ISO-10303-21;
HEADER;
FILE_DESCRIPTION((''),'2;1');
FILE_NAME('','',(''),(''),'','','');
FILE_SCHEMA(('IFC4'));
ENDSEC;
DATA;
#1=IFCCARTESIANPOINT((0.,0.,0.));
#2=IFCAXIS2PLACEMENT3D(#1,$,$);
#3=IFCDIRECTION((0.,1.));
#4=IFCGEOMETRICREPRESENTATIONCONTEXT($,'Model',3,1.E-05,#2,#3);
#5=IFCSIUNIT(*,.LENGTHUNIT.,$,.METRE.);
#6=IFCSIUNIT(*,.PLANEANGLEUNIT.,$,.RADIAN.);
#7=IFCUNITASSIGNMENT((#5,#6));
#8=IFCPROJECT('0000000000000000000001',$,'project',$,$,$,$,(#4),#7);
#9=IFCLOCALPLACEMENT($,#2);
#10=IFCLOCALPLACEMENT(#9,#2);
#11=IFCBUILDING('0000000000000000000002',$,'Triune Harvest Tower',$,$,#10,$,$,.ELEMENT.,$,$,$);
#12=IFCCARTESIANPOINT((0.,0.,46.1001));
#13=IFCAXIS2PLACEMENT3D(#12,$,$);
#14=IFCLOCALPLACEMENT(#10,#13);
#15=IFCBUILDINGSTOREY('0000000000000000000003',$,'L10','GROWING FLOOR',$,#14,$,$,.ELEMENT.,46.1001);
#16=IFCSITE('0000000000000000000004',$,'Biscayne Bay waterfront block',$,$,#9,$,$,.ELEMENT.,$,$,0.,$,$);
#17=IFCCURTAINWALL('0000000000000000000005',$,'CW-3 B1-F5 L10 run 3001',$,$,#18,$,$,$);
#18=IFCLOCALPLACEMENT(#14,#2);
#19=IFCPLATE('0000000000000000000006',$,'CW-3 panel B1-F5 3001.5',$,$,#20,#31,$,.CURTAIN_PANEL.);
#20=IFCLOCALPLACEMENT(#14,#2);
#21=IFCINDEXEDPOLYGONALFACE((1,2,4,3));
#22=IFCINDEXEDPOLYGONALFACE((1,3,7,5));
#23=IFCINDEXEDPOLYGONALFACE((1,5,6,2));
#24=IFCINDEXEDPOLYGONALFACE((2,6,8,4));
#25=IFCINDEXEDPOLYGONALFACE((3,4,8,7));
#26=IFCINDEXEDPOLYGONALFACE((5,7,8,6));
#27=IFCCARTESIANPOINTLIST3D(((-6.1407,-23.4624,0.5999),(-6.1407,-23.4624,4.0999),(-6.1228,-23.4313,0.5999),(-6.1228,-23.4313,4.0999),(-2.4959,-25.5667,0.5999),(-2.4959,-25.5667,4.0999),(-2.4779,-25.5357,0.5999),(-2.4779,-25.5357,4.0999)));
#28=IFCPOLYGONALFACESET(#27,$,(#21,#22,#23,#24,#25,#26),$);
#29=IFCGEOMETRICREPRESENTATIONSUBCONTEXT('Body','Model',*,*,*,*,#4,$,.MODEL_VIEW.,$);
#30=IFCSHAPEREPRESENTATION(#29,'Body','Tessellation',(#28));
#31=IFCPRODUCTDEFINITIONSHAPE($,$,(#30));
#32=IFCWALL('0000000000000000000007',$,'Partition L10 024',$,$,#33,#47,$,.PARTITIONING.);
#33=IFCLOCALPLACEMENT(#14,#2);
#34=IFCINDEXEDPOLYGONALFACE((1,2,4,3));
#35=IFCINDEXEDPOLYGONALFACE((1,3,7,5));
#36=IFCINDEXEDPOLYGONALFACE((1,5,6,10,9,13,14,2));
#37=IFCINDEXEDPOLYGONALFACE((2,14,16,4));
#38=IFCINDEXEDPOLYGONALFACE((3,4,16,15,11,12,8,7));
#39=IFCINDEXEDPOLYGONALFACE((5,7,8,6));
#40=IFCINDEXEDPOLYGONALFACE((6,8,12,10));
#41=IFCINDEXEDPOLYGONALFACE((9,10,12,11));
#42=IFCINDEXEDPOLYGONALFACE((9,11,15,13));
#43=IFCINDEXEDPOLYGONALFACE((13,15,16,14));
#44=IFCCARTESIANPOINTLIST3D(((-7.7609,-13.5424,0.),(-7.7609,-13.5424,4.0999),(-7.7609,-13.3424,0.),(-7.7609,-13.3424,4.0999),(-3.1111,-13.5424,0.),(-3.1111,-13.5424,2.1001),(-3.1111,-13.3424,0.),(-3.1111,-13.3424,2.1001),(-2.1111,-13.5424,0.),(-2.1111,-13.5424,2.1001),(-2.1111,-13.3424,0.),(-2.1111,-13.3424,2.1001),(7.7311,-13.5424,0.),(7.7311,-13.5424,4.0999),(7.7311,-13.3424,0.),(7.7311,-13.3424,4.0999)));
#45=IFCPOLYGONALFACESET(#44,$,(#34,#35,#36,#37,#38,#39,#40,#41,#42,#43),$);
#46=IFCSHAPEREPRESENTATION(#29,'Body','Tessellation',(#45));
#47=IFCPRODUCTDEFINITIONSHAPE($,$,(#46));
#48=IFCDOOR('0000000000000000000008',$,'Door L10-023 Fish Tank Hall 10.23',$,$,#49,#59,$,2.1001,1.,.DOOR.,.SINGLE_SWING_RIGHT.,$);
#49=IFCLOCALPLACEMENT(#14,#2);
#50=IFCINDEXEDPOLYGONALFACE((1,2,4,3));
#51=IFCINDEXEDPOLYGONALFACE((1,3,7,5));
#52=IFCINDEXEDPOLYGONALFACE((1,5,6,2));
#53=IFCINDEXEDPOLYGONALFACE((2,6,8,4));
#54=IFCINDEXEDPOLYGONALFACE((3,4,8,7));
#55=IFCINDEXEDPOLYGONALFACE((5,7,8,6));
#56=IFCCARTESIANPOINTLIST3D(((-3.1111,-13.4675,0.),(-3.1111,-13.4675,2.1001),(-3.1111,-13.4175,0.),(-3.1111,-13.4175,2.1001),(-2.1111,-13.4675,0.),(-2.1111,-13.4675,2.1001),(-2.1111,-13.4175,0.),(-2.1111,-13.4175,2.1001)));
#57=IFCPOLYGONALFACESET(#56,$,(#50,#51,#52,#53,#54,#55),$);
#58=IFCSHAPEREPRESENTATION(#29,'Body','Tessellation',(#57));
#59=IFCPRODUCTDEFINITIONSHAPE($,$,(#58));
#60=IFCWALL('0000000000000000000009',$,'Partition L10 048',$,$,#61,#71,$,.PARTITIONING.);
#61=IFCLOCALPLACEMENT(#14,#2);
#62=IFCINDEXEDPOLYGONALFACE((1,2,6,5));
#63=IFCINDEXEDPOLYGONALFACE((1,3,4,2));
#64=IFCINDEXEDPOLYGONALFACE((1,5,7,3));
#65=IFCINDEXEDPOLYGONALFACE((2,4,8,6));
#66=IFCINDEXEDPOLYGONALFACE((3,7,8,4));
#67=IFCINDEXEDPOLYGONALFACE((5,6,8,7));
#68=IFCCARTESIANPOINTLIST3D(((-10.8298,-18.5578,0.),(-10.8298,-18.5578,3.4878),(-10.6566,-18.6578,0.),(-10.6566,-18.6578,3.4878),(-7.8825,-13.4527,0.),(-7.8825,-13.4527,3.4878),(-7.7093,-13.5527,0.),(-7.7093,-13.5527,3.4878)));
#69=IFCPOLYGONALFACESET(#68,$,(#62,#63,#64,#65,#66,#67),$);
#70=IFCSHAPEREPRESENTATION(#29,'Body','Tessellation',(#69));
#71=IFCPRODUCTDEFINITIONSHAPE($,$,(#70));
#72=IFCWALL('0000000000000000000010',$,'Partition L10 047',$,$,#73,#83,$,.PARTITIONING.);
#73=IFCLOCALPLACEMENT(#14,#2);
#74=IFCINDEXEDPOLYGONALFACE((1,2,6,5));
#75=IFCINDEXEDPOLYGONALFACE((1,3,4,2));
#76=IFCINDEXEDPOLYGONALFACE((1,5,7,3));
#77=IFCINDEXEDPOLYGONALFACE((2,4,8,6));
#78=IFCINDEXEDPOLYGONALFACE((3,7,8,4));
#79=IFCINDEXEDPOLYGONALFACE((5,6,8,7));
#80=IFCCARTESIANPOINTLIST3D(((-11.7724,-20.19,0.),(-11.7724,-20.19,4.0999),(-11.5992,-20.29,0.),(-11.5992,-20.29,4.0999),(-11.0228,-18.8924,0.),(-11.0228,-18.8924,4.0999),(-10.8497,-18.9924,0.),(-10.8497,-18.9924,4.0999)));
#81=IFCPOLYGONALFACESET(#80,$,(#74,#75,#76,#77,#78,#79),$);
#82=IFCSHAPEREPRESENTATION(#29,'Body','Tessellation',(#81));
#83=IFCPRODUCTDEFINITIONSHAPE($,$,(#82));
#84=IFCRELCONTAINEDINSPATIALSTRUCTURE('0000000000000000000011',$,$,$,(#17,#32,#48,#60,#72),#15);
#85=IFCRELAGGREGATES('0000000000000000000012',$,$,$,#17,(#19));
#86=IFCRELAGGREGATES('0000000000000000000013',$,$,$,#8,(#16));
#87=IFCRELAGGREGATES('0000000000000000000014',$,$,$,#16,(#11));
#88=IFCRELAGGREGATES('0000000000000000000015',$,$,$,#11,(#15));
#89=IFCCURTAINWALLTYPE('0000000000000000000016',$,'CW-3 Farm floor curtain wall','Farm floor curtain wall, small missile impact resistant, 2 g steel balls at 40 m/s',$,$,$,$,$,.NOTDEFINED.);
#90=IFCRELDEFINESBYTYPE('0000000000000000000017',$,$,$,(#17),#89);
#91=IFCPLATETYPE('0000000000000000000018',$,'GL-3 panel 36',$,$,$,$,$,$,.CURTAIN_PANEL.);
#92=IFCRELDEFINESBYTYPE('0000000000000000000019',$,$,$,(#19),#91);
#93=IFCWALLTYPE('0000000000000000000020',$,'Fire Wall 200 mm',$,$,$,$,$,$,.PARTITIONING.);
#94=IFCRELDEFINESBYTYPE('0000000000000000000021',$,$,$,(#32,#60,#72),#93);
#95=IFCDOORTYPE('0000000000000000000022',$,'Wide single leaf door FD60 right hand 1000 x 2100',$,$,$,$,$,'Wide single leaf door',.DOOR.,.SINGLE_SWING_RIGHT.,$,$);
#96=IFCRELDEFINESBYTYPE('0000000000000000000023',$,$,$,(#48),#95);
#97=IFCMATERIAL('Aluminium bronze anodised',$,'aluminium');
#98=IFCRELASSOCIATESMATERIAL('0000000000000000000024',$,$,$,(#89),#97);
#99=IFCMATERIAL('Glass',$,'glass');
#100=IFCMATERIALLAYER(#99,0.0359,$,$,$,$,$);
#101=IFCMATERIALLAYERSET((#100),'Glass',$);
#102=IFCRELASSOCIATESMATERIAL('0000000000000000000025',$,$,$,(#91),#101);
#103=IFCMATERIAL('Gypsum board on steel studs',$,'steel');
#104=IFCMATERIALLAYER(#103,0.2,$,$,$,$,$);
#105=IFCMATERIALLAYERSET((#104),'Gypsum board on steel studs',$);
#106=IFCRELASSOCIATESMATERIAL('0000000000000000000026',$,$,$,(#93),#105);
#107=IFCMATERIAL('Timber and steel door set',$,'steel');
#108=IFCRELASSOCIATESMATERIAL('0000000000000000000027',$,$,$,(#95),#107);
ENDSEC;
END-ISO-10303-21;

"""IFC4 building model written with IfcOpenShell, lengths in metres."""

from ifc_helpers import new_model, si_unit, direction, frame, frame_2d, origin, origin_2d, place, context, subcontext, project, spatial, rectangle, extrude, source, transform, mapped, material, layer, layer_set, type_object, element, fill, aggregate, save


model = new_model("IFC4")

# Units and contexts
model_context = context("Model", 3, precision=1e-05, world=origin(), true_north=direction((0.0, 1.0)))
body_context = subcontext(model_context, "Body", "Model", "MODEL_VIEW")
ifc_project = project(units=[si_unit("LENGTHUNIT", "METRE"), si_unit("PLANEANGLEUNIT", "RADIAN")], contexts=[model_context])

# Site, building, storey
site_placement = place(None, origin())
site = spatial("IfcSite", under=ifc_project, at=site_placement, Name="Biscayne Bay waterfront block", CompositionType="ELEMENT", RefElevation=0.0)
building_placement = place(site_placement, origin())
building = spatial("IfcBuilding", under=site, at=building_placement, Name="Triune Harvest Tower", CompositionType="ELEMENT")
storey_placement = place(building_placement, frame((0.0, 0.0, 46.1001)))
storey = spatial("IfcBuildingStorey", under=building, at=storey_placement, Name="L10", Description="GROWING FLOOR", CompositionType="ELEMENT", Elevation=46.1001)

# Curtain wall
ifc_material_1 = material(Name="Aluminium bronze anodised", Category="aluminium")
curtain_wall_type_1 = type_object("IfcCurtainWallType", Name="CW-3 Farm floor curtain wall", Description="Farm floor curtain wall, small missile impact resistant, 2 g steel balls at 40 m/s", PredefinedType="NOTDEFINED", material=ifc_material_1)
curtain_wall_1_placement = place(storey_placement, origin())
curtain_wall_1 = element("IfcCurtainWall", 1, at=curtain_wall_1_placement, inside=storey, type_object=curtain_wall_type_1, Name="CW-3 B1-F5 L10 run 3001")

# Plate
ifc_material_2 = material(Name="Glass", Category="glass")
ifc_layer_1 = layer(ifc_material_2, 0.0359)
ifc_layer_set_1 = layer_set([ifc_layer_1], Name="Glass")
plate_type = type_object("IfcPlateType", Name="GL-3 panel 36", PredefinedType="CURTAIN_PANEL", material=ifc_layer_set_1)
shared_shape_1 = source(origin(), body_context, "Body", "SweptSolid", [
    extrude(rectangle(XDim=4.2087, YDim=0.0359, at=origin_2d()), origin(), (0.0, 0.0, 1.0), 3.5),
])
plate_1_placement = place(storey_placement, frame((-4.3093, -24.499, 0.5999), z_axis=(0.0, 0.0, 1.0), x_axis=(0.866026, -0.499999, 0.0)))
plate_1 = element("IfcPlate", 2, at=plate_1_placement, type_object=plate_type, Name="CW-3 panel B1-F5 3001.5", PredefinedType="CURTAIN_PANEL", context=body_context, shape_type="MappedRepresentation", body=[
    mapped(shared_shape_1, transform((0.0, 0.0, 0.0), scale=1.0)),
])
aggregate(curtain_wall_1, [plate_1])

# Wall, opening, door
ifc_material_3 = material(Name="Gypsum board on steel studs", Category="steel")
ifc_layer_2 = layer(ifc_material_3, 0.2)
ifc_layer_set_2 = layer_set([ifc_layer_2], Name="Gypsum board on steel studs")
wall_type = type_object("IfcWallType", Name="Fire Wall 200 mm", PredefinedType="PARTITIONING", material=ifc_layer_set_2)
wall_1_placement = place(storey_placement, frame((-7.761, -13.4424, 0.0), z_axis=(0.0, 0.0, 1.0), x_axis=(1.0, 0.0, 0.0)))
wall_1 = element("IfcWall", 3, at=wall_1_placement, inside=storey, type_object=wall_type, Name="Partition L10 024", PredefinedType="PARTITIONING", context=body_context, shape_type="SweptSolid", body=[
    extrude(rectangle(XDim=15.4919, YDim=0.2, at=frame_2d((7.7461, 0.0))), origin(), (0.0, 0.0, 1.0), 4.0999),
])
opening_placement = place(wall_1_placement, frame((4.6499, 0.0, 0.0)))
opening = element("IfcOpeningElement", 4, at=opening_placement, cuts=wall_1, PredefinedType="OPENING", context=body_context, shape_type="SweptSolid", body=[
    extrude(rectangle(XDim=1.0, YDim=2.1001, at=frame_2d((0.5, 1.05))), frame((0.0, 0.1099, 0.0), z_axis=(0.0, -1.0, 0.0), x_axis=(1.0, 0.0, 0.0)), (0.0, 0.0, 1.0), 0.22),
])
ifc_material_4 = material(Name="Timber and steel door set", Category="steel")
door_type = type_object("IfcDoorType", Name="Wide single leaf door FD60 right hand 1000 x 2100", ElementType="Wide single leaf door", OperationType="SINGLE_SWING_RIGHT", PredefinedType="DOOR", material=ifc_material_4)
door_placement = place(opening_placement, origin())
door = element("IfcDoor", 5, at=door_placement, inside=storey, type_object=door_type, Name="Door L10-023 Fish Tank Hall 10.23", OperationType="SINGLE_SWING_RIGHT", OverallHeight=2.1001, OverallWidth=1.0, PredefinedType="DOOR", context=body_context, shape_type="SweptSolid", body=[
    extrude(rectangle(XDim=1.0, YDim=2.1001, at=frame_2d((0.5, 1.05))), frame((0.0, 0.0249, 0.0), z_axis=(0.0, -1.0, 0.0), x_axis=(1.0, 0.0, 0.0)), (0.0, 0.0, 1.0), 0.05),
])
fill(opening, door)

# Walls
wall_2_placement = place(storey_placement, frame((-10.7432, -18.6077, 0.0), z_axis=(0.0, 0.0, 1.0), x_axis=(0.499988, 0.866032, 0.0)))
element("IfcWall", 6, at=wall_2_placement, inside=storey, type_object=wall_type, Name="Partition L10 048", PredefinedType="PARTITIONING", context=body_context, shape_type="SweptSolid", body=[
    extrude(rectangle(XDim=5.8948, YDim=0.2, at=frame_2d((2.9473, 0.0))), origin(), (0.0, 0.0, 1.0), 3.4878),
])
shared_shape_2 = source(origin(), body_context, "Body", "SweptSolid", [
    extrude(rectangle(XDim=1.4985, YDim=0.2, at=frame_2d((0.7493, 0.0))), origin(), (0.0, 0.0, 1.0), 4.0999),
])
wall_3_placement = place(storey_placement, frame((-11.6858, -20.24, 0.0), z_axis=(0.0, 0.0, 1.0), x_axis=(0.500169, 0.865928, 0.0)))
element("IfcWall", 7, at=wall_3_placement, inside=storey, type_object=wall_type, Name="Partition L10 047", PredefinedType="PARTITIONING", context=body_context, shape_type="MappedRepresentation", body=[
    mapped(shared_shape_2, transform((0.0, 0.0, 0.0), scale=1.0)),
])

save(model, "model.ifc")
